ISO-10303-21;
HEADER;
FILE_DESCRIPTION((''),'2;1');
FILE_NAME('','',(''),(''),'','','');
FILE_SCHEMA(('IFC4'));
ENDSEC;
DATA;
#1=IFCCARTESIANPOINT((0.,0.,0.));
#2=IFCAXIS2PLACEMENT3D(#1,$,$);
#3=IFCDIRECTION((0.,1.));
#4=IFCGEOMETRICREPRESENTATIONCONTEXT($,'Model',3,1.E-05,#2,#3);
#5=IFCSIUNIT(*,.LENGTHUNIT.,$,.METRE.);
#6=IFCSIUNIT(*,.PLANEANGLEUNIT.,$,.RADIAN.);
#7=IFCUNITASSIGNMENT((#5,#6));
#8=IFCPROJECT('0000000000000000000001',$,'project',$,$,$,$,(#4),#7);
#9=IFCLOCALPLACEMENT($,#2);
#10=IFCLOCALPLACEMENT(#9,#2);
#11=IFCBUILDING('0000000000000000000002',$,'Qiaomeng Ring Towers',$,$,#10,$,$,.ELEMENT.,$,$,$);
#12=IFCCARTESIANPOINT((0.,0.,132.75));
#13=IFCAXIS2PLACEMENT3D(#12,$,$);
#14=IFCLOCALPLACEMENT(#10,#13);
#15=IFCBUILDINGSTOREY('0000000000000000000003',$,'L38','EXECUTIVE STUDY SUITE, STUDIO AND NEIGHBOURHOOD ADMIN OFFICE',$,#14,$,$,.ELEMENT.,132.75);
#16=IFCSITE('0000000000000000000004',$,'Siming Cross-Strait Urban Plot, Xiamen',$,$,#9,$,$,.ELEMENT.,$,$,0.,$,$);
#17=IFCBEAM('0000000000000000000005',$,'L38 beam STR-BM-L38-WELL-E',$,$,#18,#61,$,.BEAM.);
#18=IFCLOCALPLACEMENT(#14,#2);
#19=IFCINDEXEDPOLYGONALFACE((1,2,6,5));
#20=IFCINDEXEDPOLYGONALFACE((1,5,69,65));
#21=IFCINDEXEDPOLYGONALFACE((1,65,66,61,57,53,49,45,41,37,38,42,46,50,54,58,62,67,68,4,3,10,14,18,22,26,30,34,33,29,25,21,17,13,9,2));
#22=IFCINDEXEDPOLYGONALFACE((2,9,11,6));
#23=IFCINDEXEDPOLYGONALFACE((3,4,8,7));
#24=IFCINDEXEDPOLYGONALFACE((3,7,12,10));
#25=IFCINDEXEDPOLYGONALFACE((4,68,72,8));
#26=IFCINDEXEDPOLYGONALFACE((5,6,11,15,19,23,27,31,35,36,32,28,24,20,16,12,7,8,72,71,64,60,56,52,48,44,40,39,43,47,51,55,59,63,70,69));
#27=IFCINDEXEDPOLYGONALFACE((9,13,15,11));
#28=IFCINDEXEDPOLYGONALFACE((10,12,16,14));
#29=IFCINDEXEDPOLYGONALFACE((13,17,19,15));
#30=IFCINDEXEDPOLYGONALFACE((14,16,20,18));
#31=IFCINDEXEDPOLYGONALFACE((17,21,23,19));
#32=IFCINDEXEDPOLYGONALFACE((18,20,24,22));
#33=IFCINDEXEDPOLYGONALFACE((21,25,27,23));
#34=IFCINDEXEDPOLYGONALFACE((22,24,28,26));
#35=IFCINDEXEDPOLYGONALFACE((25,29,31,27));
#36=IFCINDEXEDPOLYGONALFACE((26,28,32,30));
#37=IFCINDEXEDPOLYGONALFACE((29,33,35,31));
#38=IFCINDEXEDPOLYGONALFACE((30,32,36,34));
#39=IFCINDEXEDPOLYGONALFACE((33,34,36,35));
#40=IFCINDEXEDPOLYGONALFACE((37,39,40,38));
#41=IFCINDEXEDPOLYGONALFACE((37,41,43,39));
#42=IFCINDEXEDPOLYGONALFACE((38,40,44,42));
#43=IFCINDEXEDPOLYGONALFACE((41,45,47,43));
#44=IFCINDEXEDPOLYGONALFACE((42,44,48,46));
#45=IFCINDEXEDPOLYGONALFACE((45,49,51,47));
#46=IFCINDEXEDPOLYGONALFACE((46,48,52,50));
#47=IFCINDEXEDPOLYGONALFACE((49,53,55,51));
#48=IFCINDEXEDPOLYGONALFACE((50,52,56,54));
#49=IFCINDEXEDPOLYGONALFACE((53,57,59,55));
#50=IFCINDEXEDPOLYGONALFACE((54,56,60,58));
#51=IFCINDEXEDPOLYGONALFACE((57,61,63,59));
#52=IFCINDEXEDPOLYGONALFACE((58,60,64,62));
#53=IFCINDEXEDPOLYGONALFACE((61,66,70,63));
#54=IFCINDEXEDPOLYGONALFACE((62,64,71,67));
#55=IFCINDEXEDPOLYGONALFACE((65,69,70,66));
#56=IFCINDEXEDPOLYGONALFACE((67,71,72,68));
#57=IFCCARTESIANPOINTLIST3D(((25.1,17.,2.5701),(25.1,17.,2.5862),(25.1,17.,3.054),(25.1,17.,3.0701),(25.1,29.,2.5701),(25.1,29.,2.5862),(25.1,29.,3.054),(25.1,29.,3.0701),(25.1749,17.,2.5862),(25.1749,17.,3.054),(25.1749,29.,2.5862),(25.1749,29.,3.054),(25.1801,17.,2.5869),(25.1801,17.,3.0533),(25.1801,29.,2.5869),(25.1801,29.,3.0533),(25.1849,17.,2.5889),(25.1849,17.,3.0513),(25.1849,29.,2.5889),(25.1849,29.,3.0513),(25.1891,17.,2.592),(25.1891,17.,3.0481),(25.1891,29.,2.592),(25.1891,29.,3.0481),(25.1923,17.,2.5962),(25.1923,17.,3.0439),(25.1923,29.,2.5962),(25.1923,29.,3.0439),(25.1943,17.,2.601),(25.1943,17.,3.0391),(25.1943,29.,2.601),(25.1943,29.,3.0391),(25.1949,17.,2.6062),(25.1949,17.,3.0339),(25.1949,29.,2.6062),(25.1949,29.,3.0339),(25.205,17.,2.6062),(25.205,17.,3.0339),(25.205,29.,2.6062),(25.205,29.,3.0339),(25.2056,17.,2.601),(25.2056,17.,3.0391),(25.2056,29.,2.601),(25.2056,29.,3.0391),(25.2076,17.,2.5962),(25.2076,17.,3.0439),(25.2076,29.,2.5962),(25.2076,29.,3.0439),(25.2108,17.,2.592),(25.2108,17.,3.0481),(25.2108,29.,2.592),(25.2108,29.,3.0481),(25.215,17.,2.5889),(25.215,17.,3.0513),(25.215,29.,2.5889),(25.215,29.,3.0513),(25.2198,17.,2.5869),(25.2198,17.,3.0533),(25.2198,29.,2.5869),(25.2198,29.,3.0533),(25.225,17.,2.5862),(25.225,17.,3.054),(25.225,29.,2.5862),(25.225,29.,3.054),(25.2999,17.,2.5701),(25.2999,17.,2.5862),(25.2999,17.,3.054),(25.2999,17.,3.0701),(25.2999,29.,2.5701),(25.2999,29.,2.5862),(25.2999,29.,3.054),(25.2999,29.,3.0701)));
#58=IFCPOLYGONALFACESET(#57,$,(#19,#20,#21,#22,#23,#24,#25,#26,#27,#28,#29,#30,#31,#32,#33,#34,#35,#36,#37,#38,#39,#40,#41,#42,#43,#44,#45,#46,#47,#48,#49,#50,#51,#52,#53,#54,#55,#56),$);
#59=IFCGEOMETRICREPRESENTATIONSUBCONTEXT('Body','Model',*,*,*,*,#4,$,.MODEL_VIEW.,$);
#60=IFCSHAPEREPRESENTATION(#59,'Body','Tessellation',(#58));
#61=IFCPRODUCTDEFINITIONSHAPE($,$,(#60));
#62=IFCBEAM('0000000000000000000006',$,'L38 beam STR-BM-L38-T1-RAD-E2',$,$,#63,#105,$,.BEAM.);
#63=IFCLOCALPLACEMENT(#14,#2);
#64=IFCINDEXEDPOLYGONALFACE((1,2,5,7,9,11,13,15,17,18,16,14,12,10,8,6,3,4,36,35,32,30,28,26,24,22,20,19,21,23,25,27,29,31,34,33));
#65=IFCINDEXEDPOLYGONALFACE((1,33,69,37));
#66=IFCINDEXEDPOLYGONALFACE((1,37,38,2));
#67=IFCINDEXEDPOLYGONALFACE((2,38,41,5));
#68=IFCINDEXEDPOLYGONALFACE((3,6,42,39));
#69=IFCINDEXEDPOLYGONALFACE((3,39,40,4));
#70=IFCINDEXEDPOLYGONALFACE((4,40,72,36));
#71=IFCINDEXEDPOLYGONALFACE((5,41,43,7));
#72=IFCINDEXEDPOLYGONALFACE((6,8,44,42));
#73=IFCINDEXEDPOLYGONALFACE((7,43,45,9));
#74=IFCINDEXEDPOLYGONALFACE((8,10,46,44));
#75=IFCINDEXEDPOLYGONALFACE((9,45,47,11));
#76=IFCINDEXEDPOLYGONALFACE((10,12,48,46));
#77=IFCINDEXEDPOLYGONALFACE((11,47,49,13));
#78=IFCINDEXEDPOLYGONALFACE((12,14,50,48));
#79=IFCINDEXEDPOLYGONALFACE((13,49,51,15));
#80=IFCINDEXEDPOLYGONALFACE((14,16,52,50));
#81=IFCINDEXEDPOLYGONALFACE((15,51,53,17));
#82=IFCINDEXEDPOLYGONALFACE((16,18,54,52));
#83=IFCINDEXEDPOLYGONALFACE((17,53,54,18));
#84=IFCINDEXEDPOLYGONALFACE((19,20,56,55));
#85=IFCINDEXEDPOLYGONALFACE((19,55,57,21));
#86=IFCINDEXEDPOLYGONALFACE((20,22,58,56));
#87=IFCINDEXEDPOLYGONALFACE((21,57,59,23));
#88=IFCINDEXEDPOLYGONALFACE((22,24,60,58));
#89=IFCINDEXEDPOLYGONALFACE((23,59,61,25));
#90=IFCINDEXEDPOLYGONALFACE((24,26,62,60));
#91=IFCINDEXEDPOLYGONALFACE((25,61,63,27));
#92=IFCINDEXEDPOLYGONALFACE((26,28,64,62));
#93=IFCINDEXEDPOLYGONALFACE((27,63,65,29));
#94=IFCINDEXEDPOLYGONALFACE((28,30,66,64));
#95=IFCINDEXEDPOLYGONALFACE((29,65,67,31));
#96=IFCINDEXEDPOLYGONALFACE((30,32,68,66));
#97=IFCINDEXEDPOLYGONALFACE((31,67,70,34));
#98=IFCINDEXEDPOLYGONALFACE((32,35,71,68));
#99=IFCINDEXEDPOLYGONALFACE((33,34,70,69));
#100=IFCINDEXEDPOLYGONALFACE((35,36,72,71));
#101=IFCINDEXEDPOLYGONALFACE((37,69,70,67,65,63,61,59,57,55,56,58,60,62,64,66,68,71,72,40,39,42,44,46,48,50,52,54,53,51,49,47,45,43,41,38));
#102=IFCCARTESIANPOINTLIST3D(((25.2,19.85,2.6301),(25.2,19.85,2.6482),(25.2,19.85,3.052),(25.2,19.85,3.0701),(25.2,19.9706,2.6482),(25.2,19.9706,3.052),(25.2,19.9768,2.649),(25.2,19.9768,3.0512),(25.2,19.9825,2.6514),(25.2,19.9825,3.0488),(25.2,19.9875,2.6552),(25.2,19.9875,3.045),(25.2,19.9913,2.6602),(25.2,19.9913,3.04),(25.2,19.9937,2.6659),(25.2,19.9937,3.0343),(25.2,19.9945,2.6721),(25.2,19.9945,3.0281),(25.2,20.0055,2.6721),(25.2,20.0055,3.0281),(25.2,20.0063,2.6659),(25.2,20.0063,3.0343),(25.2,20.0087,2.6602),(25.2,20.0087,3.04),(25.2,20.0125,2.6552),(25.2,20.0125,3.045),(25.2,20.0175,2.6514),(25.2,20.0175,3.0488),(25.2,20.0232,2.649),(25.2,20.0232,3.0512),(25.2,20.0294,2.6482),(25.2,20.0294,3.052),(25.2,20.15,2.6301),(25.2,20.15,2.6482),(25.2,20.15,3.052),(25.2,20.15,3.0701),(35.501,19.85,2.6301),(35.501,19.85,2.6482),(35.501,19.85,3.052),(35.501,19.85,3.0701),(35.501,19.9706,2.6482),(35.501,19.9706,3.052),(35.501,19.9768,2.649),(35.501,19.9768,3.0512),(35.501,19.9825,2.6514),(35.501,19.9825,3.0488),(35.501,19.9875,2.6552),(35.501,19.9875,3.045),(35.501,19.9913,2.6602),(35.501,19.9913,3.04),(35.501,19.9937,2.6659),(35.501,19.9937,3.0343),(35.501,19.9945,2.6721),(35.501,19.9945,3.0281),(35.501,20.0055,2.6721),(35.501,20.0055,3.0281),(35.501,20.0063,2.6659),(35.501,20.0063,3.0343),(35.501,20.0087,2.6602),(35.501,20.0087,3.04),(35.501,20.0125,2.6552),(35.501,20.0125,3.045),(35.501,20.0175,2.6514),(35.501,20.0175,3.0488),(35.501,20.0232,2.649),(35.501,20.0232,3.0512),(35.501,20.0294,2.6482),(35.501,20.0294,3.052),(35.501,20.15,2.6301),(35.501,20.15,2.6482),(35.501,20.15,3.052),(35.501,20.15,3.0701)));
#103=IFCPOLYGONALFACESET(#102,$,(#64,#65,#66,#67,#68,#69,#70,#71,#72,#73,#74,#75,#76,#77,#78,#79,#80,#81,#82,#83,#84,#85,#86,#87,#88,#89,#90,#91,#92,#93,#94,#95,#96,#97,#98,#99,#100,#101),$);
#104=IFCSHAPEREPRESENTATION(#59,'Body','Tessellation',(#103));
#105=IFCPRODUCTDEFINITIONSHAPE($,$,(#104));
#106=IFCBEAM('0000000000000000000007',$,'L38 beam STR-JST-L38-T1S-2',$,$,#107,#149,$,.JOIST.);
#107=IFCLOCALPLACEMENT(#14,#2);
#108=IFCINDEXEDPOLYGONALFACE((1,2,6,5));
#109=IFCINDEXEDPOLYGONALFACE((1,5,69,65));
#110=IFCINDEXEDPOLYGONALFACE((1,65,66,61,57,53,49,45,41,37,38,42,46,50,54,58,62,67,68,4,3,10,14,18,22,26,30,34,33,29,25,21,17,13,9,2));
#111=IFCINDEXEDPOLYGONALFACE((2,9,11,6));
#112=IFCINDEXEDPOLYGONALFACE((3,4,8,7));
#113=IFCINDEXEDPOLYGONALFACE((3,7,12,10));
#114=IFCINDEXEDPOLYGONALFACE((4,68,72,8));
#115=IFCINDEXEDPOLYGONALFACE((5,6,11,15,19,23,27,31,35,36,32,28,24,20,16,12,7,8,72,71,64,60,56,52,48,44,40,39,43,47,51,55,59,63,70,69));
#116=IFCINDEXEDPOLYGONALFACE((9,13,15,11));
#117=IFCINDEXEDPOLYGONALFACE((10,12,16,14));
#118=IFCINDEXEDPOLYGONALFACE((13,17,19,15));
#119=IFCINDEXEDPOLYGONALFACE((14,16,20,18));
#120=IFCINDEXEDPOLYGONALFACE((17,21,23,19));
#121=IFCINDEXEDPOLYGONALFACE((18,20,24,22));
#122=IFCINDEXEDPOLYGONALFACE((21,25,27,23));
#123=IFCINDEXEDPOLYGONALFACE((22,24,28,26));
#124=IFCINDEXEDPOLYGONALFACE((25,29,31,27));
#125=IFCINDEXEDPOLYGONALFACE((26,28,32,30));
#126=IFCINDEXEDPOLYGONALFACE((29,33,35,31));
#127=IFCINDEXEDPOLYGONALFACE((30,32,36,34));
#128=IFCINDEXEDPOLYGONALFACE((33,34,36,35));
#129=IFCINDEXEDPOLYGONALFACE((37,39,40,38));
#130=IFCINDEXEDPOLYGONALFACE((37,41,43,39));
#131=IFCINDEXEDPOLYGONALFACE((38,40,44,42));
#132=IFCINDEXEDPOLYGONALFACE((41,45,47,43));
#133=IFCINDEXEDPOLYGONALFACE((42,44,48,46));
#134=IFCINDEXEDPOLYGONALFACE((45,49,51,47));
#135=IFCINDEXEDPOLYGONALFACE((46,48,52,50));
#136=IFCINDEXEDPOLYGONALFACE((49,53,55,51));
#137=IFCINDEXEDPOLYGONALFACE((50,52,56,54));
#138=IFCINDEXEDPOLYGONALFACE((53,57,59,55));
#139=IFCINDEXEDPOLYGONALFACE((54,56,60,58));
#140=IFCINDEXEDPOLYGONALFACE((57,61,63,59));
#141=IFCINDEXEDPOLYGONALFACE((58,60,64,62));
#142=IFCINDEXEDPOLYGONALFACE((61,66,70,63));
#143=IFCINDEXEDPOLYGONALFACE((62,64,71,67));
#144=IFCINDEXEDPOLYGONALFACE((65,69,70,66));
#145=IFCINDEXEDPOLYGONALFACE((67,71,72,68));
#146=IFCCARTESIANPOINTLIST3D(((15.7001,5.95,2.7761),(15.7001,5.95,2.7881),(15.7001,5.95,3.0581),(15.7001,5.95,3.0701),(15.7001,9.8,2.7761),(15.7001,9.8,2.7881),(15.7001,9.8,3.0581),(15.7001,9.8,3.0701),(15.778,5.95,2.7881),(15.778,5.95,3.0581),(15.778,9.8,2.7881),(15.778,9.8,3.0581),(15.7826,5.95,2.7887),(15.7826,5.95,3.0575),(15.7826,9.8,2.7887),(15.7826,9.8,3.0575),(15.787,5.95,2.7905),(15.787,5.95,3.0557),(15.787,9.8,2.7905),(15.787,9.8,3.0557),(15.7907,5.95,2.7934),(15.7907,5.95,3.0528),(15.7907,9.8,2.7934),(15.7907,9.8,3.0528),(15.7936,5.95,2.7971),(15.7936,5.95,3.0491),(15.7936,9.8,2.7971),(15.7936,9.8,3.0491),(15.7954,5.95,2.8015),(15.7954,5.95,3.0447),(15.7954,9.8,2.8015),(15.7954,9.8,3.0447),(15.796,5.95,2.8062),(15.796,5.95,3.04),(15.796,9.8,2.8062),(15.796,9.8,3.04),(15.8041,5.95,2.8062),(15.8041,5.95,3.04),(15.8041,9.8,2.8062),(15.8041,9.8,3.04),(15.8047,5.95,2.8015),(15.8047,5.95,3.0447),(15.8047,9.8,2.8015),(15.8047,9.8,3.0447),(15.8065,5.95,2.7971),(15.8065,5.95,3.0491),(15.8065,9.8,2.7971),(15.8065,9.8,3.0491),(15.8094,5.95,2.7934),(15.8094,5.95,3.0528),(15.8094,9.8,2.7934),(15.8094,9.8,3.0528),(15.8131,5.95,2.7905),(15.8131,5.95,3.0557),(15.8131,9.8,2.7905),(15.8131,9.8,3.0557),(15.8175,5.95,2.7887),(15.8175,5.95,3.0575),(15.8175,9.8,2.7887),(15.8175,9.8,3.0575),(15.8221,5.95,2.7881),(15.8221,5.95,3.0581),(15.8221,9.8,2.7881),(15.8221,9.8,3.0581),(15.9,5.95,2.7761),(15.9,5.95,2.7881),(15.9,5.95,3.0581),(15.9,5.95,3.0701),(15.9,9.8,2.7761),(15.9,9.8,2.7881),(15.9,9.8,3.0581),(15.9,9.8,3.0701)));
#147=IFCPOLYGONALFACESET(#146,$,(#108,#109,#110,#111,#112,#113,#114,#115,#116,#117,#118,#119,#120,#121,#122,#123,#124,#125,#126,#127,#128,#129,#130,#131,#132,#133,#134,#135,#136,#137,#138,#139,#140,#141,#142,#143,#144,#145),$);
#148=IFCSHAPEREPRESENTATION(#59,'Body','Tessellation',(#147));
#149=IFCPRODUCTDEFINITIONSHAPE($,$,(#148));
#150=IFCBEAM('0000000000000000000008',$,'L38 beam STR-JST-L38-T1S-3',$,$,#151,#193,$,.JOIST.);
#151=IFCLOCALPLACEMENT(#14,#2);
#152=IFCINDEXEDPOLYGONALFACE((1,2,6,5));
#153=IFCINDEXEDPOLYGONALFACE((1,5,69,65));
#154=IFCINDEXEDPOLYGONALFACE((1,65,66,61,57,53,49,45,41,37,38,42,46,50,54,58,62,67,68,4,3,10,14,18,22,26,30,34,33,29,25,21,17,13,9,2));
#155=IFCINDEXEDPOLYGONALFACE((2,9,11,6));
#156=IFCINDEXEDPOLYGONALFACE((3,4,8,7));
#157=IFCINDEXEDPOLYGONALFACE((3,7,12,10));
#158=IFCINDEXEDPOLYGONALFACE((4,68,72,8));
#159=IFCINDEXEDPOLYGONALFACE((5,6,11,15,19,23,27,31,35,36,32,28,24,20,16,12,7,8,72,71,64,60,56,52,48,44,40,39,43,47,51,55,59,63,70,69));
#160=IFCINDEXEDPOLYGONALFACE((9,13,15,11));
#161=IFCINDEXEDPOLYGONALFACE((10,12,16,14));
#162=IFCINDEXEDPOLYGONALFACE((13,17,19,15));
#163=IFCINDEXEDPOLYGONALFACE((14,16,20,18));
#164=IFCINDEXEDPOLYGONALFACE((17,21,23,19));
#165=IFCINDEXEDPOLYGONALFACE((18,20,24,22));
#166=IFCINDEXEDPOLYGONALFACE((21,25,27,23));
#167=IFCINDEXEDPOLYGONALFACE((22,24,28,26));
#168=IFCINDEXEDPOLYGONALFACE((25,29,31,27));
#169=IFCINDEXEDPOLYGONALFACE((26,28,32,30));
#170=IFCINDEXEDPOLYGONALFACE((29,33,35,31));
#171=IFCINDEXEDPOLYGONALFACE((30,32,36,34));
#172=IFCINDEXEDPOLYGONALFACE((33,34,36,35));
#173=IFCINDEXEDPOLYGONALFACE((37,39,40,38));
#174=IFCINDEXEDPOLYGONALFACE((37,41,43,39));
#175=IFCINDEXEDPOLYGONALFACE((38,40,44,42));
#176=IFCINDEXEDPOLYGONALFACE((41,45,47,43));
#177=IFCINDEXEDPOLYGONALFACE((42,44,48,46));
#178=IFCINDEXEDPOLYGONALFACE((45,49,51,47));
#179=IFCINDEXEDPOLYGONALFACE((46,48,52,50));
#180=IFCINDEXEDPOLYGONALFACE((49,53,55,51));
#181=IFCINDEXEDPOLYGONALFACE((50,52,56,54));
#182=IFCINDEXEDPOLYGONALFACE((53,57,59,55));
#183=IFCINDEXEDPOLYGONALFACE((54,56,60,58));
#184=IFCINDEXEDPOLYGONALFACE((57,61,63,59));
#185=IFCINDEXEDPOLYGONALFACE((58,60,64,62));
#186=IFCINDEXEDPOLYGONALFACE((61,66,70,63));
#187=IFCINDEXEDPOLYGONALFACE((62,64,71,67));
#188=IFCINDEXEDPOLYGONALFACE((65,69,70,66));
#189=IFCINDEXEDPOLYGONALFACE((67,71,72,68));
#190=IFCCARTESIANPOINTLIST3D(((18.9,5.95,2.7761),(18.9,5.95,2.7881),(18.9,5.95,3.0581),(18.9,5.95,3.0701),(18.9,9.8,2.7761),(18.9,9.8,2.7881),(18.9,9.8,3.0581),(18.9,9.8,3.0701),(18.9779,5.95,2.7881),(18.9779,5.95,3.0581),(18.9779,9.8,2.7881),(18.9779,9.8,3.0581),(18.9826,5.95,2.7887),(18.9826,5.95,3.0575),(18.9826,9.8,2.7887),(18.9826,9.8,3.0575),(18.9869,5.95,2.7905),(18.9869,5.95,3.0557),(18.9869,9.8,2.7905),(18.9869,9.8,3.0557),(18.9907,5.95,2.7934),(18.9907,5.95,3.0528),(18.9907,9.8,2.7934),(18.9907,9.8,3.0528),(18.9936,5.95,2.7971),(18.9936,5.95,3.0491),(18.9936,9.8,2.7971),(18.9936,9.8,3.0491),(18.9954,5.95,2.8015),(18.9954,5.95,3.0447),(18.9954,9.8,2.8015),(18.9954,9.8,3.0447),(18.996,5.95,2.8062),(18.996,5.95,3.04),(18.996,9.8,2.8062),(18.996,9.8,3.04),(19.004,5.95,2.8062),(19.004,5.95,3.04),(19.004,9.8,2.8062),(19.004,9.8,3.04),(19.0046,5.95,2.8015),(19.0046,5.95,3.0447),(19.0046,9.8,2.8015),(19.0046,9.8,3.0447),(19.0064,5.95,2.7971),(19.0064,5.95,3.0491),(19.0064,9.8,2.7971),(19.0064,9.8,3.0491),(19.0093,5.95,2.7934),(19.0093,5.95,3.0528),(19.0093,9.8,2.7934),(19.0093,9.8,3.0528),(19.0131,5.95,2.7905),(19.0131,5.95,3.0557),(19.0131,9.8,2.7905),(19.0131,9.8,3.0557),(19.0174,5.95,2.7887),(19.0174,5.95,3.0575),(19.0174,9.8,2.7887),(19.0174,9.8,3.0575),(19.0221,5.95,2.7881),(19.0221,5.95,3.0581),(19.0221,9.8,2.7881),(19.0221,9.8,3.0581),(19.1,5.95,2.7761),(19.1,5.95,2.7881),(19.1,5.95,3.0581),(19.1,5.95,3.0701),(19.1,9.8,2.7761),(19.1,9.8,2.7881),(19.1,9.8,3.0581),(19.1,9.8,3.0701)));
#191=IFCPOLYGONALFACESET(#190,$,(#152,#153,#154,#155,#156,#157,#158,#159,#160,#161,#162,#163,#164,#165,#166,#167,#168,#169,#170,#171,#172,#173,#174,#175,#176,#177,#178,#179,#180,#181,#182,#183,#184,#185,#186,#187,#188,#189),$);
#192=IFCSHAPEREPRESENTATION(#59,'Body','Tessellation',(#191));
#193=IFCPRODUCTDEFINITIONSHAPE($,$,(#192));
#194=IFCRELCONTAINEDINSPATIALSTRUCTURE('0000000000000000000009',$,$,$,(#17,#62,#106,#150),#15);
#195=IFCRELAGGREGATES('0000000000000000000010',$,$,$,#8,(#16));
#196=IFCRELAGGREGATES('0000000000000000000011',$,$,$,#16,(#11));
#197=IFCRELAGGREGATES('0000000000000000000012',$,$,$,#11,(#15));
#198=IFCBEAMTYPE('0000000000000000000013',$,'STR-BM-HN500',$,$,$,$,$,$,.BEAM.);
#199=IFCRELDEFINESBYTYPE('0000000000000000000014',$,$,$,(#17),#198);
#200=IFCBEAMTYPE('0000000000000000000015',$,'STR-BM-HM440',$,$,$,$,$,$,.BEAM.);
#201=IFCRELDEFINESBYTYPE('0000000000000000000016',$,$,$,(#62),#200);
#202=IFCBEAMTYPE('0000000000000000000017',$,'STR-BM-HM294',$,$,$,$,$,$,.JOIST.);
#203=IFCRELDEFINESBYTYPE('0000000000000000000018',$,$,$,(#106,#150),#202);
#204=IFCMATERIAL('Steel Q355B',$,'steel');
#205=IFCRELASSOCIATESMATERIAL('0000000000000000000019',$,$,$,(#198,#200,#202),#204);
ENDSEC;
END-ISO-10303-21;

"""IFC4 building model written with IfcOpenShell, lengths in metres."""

from ifc_helpers import new_model, si_unit, direction, frame, origin, origin_2d, place, context, subcontext, project, spatial, i_section, extrude, source, transform, mapped, material, material_profile, profile_set, type_object, element, save


model = new_model("IFC4")

# Units and contexts
model_context = context("Model", 3, precision=1e-05, world=origin(), true_north=direction((0.0, 1.0)))
body_context = subcontext(model_context, "Body", "Model", "MODEL_VIEW")
ifc_project = project(units=[si_unit("LENGTHUNIT", "METRE"), si_unit("PLANEANGLEUNIT", "RADIAN")], contexts=[model_context])

# Site, building, storey
site_placement = place(None, origin())
site = spatial("IfcSite", under=ifc_project, at=site_placement, Name="Siming Cross-Strait Urban Plot, Xiamen", CompositionType="ELEMENT", RefElevation=0.0)
building_placement = place(site_placement, origin())
building = spatial("IfcBuilding", under=site, at=building_placement, Name="Qiaomeng Ring Towers", CompositionType="ELEMENT")
storey_placement = place(building_placement, frame((0.0, 0.0, 132.75)))
storey = spatial("IfcBuildingStorey", under=building, at=storey_placement, Name="L38", Description="EXECUTIVE STUDY SUITE, STUDIO AND NEIGHBOURHOOD ADMIN OFFICE", CompositionType="ELEMENT", Elevation=132.75)

# Beams
ifc_material_1 = material(Name="Steel Q355B", Category="steel")
ifc_material_profile_1 = material_profile(ifc_material_1, i_section(OverallWidth=0.2, OverallDepth=0.5, WebThickness=0.01, FlangeThickness=0.0161, FilletRadius=0.02, at=origin_2d()), Name="HN 500x200x10x16")
ifc_profile_set_1 = profile_set([ifc_material_profile_1], Name="Steel Q355B")
beam_type_1 = type_object("IfcBeamType", Name="STR-BM-HN500", PredefinedType="BEAM", material=ifc_profile_set_1)
shared_shape_1 = source(origin(), body_context, "Body", "SweptSolid", [
    extrude(i_section(OverallWidth=0.2, OverallDepth=0.5, WebThickness=0.01, FlangeThickness=0.0161, FilletRadius=0.02, at=origin_2d()), origin(), (0.0, 0.0, 1.0), 12.0),
])
beam_1_placement = place(storey_placement, frame((25.2, 17.0, 2.8201), z_axis=(0.0, 1.0, 0.0), x_axis=(-1.0, 0.0, 0.0)))
element("IfcBeam", 1, at=beam_1_placement, inside=storey, type_object=beam_type_1, Name="L38 beam STR-BM-L38-WELL-E", PredefinedType="BEAM", context=body_context, shape_type="MappedRepresentation", body=[
    mapped(shared_shape_1, transform((0.0, 0.0, 0.0), x_axis=(1.0, 0.0, 0.0), y_axis=(0.0, 1.0, 0.0), z_axis=(0.0, 0.0, 1.0), scale=1.0)),
])
ifc_material_profile_2 = material_profile(ifc_material_1, i_section(OverallWidth=0.3, OverallDepth=0.4399, WebThickness=0.011, FlangeThickness=0.0181, FilletRadius=0.0239, at=origin_2d()), Name="HM 440x300x11x18")
ifc_profile_set_2 = profile_set([ifc_material_profile_2], Name="Steel Q355B")
beam_type_2 = type_object("IfcBeamType", Name="STR-BM-HM440", PredefinedType="BEAM", material=ifc_profile_set_2)
shared_shape_2 = source(origin(), body_context, "Body", "SweptSolid", [
    extrude(i_section(OverallWidth=0.3, OverallDepth=0.4399, WebThickness=0.011, FlangeThickness=0.0181, FilletRadius=0.0239, at=origin_2d()), origin(), (0.0, 0.0, 1.0), 10.301),
])
beam_2_placement = place(storey_placement, frame((25.2, 20.0, 2.8501), z_axis=(1.0, 0.0, 0.0), x_axis=(0.0, 1.0, 0.0)))
element("IfcBeam", 2, at=beam_2_placement, inside=storey, type_object=beam_type_2, Name="L38 beam STR-BM-L38-T1-RAD-E2", PredefinedType="BEAM", context=body_context, shape_type="MappedRepresentation", body=[
    mapped(shared_shape_2, transform((0.0, 0.0, 0.0), x_axis=(1.0, 0.0, 0.0), y_axis=(0.0, 1.0, 0.0), z_axis=(0.0, 0.0, 1.0), scale=1.0)),
])
ifc_material_profile_3 = material_profile(ifc_material_1, i_section(OverallWidth=0.2, OverallDepth=0.2939, WebThickness=0.0081, FlangeThickness=0.012, FilletRadius=0.0181, at=origin_2d()), Name="HM 294x200x8x12")
ifc_profile_set_3 = profile_set([ifc_material_profile_3], Name="Steel Q355B")
beam_type_3 = type_object("IfcBeamType", Name="STR-BM-HM294", PredefinedType="JOIST", material=ifc_profile_set_3)
shared_shape_3 = source(origin(), body_context, "Body", "SweptSolid", [
    extrude(i_section(OverallWidth=0.2, OverallDepth=0.2939, WebThickness=0.0081, FlangeThickness=0.012, FilletRadius=0.0181, at=origin_2d()), origin(), (0.0, 0.0, 1.0), 3.8501),
])
for number, where, z_axis, x_axis, name in (
    (3, (15.8, 5.95, 2.9231), (0.0, 1.0, 0.0), (-1.0, 0.0, 0.0), "L38 beam STR-JST-L38-T1S-2"),
    (4, (19.0, 5.95, 2.9231), (0.0, 1.0, 0.0), (-1.0, 0.0, 0.0), "L38 beam STR-JST-L38-T1S-3"),
):
    element("IfcBeam", number, at=place(storey_placement, frame(where, z_axis=z_axis, x_axis=x_axis)), inside=storey, type_object=beam_type_3, Name=name, PredefinedType="JOIST", context=body_context, shape_type="MappedRepresentation", body=[
        mapped(shared_shape_3, transform((0.0, 0.0, 0.0), x_axis=(1.0, 0.0, 0.0), y_axis=(0.0, 1.0, 0.0), z_axis=(0.0, 0.0, 1.0), scale=1.0)),
    ])

save(model, "model.ifc")
